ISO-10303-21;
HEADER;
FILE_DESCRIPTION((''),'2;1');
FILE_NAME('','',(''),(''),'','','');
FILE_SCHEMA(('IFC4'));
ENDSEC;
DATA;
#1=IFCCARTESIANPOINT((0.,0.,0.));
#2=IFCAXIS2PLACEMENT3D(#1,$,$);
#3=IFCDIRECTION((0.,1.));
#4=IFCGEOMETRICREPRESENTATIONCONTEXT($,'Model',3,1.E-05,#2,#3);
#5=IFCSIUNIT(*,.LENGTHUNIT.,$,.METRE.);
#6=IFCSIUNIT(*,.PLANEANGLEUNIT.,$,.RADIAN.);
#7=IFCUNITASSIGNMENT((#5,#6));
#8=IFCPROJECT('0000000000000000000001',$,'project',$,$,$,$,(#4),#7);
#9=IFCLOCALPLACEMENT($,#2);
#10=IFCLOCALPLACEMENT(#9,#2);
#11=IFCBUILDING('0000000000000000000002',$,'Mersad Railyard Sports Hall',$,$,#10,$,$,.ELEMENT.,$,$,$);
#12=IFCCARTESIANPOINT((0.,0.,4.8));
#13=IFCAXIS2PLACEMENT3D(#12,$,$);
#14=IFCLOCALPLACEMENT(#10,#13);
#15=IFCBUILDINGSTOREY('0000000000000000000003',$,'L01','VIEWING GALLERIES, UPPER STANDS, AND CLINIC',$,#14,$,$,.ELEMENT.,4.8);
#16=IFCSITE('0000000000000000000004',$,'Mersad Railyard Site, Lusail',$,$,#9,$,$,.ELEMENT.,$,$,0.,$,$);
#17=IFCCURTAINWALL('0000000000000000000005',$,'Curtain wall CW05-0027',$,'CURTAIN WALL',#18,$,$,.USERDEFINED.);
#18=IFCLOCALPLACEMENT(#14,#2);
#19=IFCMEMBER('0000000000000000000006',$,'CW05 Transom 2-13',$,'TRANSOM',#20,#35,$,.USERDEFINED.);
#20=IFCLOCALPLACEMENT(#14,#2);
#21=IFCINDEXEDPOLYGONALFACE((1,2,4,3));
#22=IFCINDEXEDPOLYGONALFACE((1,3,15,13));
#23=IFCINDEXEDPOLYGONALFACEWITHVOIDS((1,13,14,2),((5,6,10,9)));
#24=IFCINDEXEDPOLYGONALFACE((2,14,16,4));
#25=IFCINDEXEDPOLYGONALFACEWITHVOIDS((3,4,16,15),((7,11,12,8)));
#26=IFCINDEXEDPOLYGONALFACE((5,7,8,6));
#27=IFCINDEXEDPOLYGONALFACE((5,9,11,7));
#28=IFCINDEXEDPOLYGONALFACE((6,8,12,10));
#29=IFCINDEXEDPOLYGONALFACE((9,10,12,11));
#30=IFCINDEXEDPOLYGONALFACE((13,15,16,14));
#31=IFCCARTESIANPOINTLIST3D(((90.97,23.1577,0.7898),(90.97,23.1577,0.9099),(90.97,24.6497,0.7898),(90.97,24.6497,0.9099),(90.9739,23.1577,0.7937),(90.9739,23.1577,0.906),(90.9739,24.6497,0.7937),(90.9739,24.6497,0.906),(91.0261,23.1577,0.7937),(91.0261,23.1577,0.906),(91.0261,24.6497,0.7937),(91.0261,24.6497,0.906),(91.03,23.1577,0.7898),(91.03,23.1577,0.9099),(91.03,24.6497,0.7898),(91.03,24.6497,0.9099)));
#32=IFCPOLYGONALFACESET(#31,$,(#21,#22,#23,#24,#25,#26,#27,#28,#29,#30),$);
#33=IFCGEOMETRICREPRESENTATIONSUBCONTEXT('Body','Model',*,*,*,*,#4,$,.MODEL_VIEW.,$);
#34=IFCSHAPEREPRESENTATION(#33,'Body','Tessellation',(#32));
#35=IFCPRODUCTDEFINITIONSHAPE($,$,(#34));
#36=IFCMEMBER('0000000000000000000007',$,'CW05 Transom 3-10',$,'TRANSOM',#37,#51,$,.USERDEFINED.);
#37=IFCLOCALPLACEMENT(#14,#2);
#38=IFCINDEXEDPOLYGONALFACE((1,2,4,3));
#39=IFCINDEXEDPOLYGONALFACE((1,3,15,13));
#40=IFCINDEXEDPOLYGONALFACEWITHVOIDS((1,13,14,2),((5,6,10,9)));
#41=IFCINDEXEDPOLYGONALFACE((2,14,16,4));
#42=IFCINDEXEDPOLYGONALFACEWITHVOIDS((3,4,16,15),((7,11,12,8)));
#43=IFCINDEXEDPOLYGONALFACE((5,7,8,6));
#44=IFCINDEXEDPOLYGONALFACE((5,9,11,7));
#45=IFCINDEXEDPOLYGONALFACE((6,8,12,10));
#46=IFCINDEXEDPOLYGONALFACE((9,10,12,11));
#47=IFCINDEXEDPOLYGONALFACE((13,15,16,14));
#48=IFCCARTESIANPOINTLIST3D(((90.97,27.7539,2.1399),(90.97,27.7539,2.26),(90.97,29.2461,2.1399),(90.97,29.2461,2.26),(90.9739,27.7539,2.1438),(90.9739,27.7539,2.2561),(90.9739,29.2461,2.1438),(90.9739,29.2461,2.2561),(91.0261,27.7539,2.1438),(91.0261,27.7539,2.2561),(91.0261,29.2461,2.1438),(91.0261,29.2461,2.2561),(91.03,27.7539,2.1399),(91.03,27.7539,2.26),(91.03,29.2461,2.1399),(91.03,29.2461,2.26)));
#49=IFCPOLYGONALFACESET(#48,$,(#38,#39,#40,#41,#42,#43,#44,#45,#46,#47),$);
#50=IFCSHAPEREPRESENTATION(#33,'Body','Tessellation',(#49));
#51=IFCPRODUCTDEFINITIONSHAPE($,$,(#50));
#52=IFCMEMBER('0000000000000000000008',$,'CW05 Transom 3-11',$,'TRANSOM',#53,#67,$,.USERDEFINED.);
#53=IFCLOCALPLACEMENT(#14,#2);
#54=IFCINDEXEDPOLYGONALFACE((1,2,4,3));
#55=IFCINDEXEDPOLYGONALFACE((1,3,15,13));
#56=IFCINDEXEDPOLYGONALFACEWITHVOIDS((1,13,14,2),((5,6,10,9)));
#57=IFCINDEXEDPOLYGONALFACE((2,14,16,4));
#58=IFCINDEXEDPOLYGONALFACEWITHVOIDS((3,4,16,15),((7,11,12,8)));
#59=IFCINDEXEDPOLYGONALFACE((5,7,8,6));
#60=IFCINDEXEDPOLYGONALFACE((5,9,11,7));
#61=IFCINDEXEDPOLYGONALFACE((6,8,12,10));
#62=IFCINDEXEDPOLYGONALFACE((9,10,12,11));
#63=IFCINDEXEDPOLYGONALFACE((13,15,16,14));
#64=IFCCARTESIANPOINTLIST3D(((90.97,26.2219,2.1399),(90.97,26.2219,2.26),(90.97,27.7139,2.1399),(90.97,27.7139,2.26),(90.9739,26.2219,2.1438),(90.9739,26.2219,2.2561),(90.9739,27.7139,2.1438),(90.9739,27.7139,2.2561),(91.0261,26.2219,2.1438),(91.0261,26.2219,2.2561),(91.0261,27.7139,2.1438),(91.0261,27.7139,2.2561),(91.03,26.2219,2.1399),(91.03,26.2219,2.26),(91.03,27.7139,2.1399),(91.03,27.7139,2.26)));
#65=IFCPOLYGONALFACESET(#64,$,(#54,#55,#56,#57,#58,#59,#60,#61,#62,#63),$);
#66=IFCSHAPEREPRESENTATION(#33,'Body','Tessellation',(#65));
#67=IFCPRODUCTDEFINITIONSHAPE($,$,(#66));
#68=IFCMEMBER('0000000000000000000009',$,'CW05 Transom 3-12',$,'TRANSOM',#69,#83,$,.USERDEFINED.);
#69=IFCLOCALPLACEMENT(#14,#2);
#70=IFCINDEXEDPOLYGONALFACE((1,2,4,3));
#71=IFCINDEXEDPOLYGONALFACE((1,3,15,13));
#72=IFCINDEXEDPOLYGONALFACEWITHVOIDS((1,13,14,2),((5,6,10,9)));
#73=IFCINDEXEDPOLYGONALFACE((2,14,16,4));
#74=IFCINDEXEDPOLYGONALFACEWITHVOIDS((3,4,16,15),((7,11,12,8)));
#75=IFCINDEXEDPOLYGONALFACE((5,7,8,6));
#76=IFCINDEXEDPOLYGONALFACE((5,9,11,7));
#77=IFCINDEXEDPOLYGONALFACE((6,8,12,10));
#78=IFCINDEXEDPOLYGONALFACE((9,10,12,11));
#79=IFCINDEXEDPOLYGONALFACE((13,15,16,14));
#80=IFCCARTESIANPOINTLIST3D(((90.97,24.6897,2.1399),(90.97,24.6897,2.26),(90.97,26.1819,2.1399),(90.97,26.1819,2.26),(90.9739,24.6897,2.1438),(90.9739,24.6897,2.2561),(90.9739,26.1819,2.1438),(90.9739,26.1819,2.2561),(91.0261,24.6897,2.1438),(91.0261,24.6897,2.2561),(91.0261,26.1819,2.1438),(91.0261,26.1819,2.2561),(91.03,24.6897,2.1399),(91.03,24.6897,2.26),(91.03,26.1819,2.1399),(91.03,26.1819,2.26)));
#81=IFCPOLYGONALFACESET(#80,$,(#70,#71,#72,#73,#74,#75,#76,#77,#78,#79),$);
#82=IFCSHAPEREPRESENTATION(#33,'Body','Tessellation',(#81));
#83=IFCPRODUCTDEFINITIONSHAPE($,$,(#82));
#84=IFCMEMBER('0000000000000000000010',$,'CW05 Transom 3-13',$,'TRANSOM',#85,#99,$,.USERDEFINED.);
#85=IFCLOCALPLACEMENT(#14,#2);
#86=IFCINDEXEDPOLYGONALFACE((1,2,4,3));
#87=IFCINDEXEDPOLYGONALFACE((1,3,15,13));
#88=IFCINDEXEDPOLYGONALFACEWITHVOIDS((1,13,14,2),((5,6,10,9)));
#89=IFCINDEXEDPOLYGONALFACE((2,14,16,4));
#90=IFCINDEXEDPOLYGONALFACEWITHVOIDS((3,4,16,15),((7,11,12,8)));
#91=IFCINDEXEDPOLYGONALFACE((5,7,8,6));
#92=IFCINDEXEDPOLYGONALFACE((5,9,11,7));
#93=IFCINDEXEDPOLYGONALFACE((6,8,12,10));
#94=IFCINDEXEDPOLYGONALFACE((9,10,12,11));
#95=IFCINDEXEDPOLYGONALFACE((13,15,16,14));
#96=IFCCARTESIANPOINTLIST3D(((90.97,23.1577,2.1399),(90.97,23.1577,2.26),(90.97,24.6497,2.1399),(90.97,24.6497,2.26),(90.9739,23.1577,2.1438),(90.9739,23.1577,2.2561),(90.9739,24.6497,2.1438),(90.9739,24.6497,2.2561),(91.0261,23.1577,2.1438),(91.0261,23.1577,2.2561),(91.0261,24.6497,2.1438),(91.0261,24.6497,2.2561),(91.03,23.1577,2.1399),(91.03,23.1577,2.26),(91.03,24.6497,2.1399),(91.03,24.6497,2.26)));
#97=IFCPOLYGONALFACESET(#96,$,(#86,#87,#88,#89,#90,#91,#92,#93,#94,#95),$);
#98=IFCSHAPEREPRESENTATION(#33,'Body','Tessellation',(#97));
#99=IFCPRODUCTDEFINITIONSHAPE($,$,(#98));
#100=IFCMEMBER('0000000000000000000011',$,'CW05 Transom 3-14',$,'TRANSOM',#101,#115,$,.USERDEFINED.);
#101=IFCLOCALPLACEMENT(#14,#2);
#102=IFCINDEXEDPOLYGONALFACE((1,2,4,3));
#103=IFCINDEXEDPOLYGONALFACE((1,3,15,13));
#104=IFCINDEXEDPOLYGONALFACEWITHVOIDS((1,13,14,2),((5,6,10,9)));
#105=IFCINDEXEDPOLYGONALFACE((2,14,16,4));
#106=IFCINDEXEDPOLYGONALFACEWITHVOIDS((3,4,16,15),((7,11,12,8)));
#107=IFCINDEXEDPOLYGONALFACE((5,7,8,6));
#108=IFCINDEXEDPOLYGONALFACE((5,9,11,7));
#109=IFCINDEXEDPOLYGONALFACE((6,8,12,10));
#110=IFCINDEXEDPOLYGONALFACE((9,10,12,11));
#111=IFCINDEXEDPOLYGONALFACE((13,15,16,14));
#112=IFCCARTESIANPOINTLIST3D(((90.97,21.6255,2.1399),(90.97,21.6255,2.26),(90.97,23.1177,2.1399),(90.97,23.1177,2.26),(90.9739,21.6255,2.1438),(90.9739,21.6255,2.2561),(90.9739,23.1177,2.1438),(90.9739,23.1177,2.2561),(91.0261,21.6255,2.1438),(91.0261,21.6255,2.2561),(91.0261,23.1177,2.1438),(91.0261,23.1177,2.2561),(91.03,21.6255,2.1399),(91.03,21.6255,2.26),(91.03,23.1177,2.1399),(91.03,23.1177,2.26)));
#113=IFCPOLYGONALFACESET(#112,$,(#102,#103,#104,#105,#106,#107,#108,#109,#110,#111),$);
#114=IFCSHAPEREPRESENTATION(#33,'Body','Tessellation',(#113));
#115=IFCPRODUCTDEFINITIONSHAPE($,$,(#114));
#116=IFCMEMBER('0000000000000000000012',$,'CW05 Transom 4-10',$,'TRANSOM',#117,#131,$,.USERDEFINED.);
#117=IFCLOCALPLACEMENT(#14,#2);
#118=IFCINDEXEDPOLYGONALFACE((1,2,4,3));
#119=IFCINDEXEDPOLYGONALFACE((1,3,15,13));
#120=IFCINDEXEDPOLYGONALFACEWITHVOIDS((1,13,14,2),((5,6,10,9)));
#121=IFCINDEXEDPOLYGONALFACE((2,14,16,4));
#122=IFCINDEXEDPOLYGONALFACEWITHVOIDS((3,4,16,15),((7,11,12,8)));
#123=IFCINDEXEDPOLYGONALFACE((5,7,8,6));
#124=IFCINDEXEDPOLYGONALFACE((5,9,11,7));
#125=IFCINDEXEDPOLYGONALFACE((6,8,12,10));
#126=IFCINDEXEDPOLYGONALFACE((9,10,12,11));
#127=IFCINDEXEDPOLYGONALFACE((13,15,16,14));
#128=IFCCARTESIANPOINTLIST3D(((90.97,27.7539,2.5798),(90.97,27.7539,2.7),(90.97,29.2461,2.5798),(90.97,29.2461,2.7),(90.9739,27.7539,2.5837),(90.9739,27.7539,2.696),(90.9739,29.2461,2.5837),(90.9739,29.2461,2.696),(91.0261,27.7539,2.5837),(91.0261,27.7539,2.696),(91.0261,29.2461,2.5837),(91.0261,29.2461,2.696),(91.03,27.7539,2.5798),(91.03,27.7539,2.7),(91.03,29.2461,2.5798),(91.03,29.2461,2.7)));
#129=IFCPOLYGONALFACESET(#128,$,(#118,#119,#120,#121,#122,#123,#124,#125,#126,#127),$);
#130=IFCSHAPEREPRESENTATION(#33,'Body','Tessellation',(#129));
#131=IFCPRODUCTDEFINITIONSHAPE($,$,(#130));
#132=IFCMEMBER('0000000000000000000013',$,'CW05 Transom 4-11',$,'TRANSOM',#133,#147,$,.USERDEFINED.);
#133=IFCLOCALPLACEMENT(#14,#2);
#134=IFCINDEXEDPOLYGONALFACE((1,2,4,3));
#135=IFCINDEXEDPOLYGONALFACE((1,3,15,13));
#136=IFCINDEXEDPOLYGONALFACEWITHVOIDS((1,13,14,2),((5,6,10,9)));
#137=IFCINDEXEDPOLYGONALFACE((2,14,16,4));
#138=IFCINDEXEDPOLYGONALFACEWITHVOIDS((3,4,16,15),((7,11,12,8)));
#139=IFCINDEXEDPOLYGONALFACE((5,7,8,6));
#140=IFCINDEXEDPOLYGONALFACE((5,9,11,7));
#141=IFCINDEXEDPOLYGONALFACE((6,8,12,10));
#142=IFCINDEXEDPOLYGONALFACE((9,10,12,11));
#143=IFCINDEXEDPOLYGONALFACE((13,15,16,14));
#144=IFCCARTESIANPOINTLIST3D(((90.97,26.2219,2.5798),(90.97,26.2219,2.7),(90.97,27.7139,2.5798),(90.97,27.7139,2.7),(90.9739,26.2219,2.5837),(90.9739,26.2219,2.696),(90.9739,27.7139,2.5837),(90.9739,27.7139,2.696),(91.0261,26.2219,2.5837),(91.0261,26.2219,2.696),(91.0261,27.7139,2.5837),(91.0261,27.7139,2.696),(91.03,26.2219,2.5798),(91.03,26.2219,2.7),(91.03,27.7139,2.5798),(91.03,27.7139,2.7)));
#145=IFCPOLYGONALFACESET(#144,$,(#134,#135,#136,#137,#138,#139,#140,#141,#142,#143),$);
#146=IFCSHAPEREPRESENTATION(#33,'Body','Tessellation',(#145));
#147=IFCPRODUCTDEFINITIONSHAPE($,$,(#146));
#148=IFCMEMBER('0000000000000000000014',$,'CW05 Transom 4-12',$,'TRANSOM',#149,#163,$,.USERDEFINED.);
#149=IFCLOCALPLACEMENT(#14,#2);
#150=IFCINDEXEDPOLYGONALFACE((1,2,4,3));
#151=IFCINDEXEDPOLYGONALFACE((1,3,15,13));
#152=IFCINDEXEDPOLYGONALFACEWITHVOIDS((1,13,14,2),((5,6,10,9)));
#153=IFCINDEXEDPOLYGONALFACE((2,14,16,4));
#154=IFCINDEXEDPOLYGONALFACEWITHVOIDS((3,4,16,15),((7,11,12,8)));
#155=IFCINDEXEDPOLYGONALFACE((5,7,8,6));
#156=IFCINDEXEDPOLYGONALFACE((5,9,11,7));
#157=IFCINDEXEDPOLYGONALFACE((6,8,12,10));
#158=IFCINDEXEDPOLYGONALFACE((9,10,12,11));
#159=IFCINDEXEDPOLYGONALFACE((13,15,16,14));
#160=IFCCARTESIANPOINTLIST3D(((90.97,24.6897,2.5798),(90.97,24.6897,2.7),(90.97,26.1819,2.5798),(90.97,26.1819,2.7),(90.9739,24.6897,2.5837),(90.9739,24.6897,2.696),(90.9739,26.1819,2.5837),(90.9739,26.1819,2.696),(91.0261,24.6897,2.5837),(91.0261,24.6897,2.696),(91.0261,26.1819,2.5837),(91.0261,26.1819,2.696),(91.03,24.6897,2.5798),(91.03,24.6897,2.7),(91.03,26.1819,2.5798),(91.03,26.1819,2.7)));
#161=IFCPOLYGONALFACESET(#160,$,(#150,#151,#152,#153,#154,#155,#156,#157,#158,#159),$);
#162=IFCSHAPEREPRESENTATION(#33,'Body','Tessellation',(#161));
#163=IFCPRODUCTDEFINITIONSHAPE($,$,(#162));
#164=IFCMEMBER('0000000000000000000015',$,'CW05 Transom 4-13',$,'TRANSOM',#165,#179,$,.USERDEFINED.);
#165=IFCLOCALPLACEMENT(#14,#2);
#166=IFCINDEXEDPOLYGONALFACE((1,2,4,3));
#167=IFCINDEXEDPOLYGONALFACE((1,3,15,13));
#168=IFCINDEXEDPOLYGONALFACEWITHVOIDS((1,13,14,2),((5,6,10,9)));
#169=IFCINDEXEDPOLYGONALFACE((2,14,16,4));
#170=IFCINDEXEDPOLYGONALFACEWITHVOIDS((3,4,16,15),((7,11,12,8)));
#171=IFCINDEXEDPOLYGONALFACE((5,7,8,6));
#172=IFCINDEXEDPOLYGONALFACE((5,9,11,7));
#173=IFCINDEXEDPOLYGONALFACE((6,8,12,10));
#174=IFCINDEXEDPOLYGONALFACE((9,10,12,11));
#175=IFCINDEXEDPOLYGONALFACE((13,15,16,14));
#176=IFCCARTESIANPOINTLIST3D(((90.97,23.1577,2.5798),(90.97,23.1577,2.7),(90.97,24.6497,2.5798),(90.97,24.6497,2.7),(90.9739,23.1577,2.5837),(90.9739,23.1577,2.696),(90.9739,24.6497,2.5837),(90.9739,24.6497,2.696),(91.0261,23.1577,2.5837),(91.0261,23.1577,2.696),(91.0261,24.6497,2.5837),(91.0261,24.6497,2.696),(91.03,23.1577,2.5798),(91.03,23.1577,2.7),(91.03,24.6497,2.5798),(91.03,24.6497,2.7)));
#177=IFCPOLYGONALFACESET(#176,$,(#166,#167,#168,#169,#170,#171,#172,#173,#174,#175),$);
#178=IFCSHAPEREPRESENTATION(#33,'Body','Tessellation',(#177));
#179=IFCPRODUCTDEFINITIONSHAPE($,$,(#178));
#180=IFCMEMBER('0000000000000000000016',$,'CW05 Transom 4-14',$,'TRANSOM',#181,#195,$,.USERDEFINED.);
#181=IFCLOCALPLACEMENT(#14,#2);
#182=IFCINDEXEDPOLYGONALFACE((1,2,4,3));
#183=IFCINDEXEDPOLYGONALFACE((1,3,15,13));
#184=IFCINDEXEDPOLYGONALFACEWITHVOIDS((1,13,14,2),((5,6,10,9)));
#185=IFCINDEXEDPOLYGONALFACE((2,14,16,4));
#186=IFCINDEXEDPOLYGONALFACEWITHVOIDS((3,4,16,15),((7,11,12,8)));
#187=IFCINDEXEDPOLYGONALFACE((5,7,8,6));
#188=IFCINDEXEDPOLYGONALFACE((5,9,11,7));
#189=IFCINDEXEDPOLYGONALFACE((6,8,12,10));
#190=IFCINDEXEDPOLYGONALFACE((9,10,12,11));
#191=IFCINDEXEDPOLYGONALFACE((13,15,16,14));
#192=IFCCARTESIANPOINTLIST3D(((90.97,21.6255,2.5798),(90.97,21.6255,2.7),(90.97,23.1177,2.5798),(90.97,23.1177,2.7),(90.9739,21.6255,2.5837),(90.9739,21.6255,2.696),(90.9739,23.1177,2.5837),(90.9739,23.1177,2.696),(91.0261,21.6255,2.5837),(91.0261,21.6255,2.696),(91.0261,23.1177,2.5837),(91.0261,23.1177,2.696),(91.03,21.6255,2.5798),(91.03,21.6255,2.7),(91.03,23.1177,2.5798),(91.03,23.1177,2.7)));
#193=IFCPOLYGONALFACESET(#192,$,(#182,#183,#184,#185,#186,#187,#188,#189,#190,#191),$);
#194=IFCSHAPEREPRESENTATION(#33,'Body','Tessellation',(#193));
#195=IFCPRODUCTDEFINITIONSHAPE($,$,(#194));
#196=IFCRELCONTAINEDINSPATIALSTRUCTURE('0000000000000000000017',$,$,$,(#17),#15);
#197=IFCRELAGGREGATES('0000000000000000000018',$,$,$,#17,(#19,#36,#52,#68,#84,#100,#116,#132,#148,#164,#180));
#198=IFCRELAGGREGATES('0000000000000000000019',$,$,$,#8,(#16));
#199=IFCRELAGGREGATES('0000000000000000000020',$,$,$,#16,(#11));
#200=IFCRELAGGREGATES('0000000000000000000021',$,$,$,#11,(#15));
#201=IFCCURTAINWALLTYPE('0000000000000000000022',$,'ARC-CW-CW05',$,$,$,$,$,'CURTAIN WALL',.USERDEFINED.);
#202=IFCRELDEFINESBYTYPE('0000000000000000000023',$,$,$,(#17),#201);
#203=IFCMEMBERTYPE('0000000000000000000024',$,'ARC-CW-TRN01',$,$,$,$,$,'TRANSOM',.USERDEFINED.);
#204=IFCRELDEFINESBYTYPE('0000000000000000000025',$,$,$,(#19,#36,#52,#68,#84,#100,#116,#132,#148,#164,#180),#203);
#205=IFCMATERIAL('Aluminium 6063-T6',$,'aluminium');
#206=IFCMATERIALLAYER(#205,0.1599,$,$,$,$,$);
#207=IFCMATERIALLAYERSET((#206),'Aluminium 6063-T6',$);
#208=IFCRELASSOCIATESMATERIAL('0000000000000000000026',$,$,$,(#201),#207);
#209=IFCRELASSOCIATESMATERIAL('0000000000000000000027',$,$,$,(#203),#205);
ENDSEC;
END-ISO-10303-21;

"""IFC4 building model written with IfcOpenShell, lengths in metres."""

from ifc_helpers import new_model, si_unit, direction, frame, origin, origin_2d, place, context, subcontext, project, spatial, hollow_rectangle, extrude, material, layer, layer_set, material_profile, profile_set, type_object, element, aggregate, save


model = new_model("IFC4")

# Units and contexts
model_context = context("Model", 3, precision=1e-05, world=origin(), true_north=direction((0.0, 1.0)))
body_context = subcontext(model_context, "Body", "Model", "MODEL_VIEW")
ifc_project = project(units=[si_unit("LENGTHUNIT", "METRE"), si_unit("PLANEANGLEUNIT", "RADIAN")], contexts=[model_context])

# Site, building, storey
site_placement = place(None, origin())
site = spatial("IfcSite", under=ifc_project, at=site_placement, Name="Mersad Railyard Site, Lusail", CompositionType="ELEMENT", RefElevation=0.0)
building_placement = place(site_placement, origin())
building = spatial("IfcBuilding", under=site, at=building_placement, Name="Mersad Railyard Sports Hall", CompositionType="ELEMENT")
storey_placement = place(building_placement, frame((0.0, 0.0, 4.8)))
storey = spatial("IfcBuildingStorey", under=building, at=storey_placement, Name="L01", Description="VIEWING GALLERIES, UPPER STANDS, AND CLINIC", CompositionType="ELEMENT", Elevation=4.8)

# Curtain wall, members
ifc_material_1 = material(Name="Aluminium 6063-T6", Category="aluminium")
ifc_layer_1 = layer(ifc_material_1, 0.1599)
ifc_layer_set_1 = layer_set([ifc_layer_1], Name="Aluminium 6063-T6")
curtain_wall_type = type_object("IfcCurtainWallType", Name="ARC-CW-CW05", ElementType="CURTAIN WALL", PredefinedType="USERDEFINED", material=ifc_layer_set_1)
curtain_wall_placement = place(storey_placement, origin())
curtain_wall = element("IfcCurtainWall", 1, at=curtain_wall_placement, inside=storey, type_object=curtain_wall_type, Name="Curtain wall CW05-0027", ObjectType="CURTAIN WALL", PredefinedType="USERDEFINED")
ifc_material_profile_1 = material_profile(ifc_material_1, hollow_rectangle(XDim=0.0601, YDim=0.1201, WallThickness=0.0039, at=origin_2d()), Name="AL TRANSOM 60x120x4")
ifc_profile_set_1 = profile_set([ifc_material_profile_1], Name="Aluminium 6063-T6")
member_type_1 = type_object("IfcMemberType", Name="ARC-CW-TRN01", ElementType="TRANSOM", PredefinedType="USERDEFINED", material=ifc_profile_set_1)
member_1_placement = place(storey_placement, frame((91.0, 24.6497, 0.8499), z_axis=(0.0, -1.0, 0.0), x_axis=(1.0, 0.0, 0.0)))
member_1 = element("IfcMember", 2, at=member_1_placement, type_object=member_type_1, Name="CW05 Transom 2-13", ObjectType="TRANSOM", PredefinedType="USERDEFINED", context=body_context, shape_type="SweptSolid", body=[
    extrude(hollow_rectangle(XDim=0.0601, YDim=0.1201, WallThickness=0.0039, at=origin_2d()), origin(), (0.0, 0.0, 1.0), 1.4919),
])
member_2_placement = place(storey_placement, frame((91.0, 29.2461, 2.2), z_axis=(0.0, -1.0, 0.0), x_axis=(1.0, 0.0, 0.0)))
member_2 = element("IfcMember", 3, at=member_2_placement, type_object=member_type_1, Name="CW05 Transom 3-10", ObjectType="TRANSOM", PredefinedType="USERDEFINED", context=body_context, shape_type="SweptSolid", body=[
    extrude(hollow_rectangle(XDim=0.0601, YDim=0.1201, WallThickness=0.0039, at=origin_2d()), origin(), (0.0, 0.0, 1.0), 1.4922),
])
member_3_placement = place(storey_placement, frame((91.0, 27.7139, 2.2), z_axis=(0.0, -1.0, 0.0), x_axis=(1.0, 0.0, 0.0)))
member_3 = element("IfcMember", 4, at=member_3_placement, type_object=member_type_1, Name="CW05 Transom 3-11", ObjectType="TRANSOM", PredefinedType="USERDEFINED", context=body_context, shape_type="SweptSolid", body=[
    extrude(hollow_rectangle(XDim=0.0601, YDim=0.1201, WallThickness=0.0039, at=origin_2d()), origin(), (0.0, 0.0, 1.0), 1.4919),
])
member_4_placement = place(storey_placement, frame((91.0, 26.1819, 2.2), z_axis=(0.0, -1.0, 0.0), x_axis=(1.0, 0.0, 0.0)))
member_4 = element("IfcMember", 5, at=member_4_placement, type_object=member_type_1, Name="CW05 Transom 3-12", ObjectType="TRANSOM", PredefinedType="USERDEFINED", context=body_context, shape_type="SweptSolid", body=[
    extrude(hollow_rectangle(XDim=0.0601, YDim=0.1201, WallThickness=0.0039, at=origin_2d()), origin(), (0.0, 0.0, 1.0), 1.4922),
])
member_5_placement = place(storey_placement, frame((91.0, 24.6497, 2.2), z_axis=(0.0, -1.0, 0.0), x_axis=(1.0, 0.0, 0.0)))
member_5 = element("IfcMember", 6, at=member_5_placement, type_object=member_type_1, Name="CW05 Transom 3-13", ObjectType="TRANSOM", PredefinedType="USERDEFINED", context=body_context, shape_type="SweptSolid", body=[
    extrude(hollow_rectangle(XDim=0.0601, YDim=0.1201, WallThickness=0.0039, at=origin_2d()), origin(), (0.0, 0.0, 1.0), 1.4919),
])
member_6_placement = place(storey_placement, frame((91.0, 23.1177, 2.2), z_axis=(0.0, -1.0, 0.0), x_axis=(1.0, 0.0, 0.0)))
member_6 = element("IfcMember", 7, at=member_6_placement, type_object=member_type_1, Name="CW05 Transom 3-14", ObjectType="TRANSOM", PredefinedType="USERDEFINED", context=body_context, shape_type="SweptSolid", body=[
    extrude(hollow_rectangle(XDim=0.0601, YDim=0.1201, WallThickness=0.0039, at=origin_2d()), origin(), (0.0, 0.0, 1.0), 1.4922),
])
member_7_placement = place(storey_placement, frame((91.0, 29.2461, 2.6399), z_axis=(0.0, -1.0, 0.0), x_axis=(1.0, 0.0, 0.0)))
member_7 = element("IfcMember", 8, at=member_7_placement, type_object=member_type_1, Name="CW05 Transom 4-10", ObjectType="TRANSOM", PredefinedType="USERDEFINED", context=body_context, shape_type="SweptSolid", body=[
    extrude(hollow_rectangle(XDim=0.0601, YDim=0.1201, WallThickness=0.0039, at=origin_2d()), origin(), (0.0, 0.0, 1.0), 1.4922),
])
member_8_placement = place(storey_placement, frame((91.0, 27.7139, 2.6399), z_axis=(0.0, -1.0, 0.0), x_axis=(1.0, 0.0, 0.0)))
member_8 = element("IfcMember", 9, at=member_8_placement, type_object=member_type_1, Name="CW05 Transom 4-11", ObjectType="TRANSOM", PredefinedType="USERDEFINED", context=body_context, shape_type="SweptSolid", body=[
    extrude(hollow_rectangle(XDim=0.0601, YDim=0.1201, WallThickness=0.0039, at=origin_2d()), origin(), (0.0, 0.0, 1.0), 1.4919),
])
member_9_placement = place(storey_placement, frame((91.0, 26.1819, 2.6399), z_axis=(0.0, -1.0, 0.0), x_axis=(1.0, 0.0, 0.0)))
member_9 = element("IfcMember", 10, at=member_9_placement, type_object=member_type_1, Name="CW05 Transom 4-12", ObjectType="TRANSOM", PredefinedType="USERDEFINED", context=body_context, shape_type="SweptSolid", body=[
    extrude(hollow_rectangle(XDim=0.0601, YDim=0.1201, WallThickness=0.0039, at=origin_2d()), origin(), (0.0, 0.0, 1.0), 1.4922),
])
member_10_placement = place(storey_placement, frame((91.0, 24.6497, 2.6399), z_axis=(0.0, -1.0, 0.0), x_axis=(1.0, 0.0, 0.0)))
member_10 = element("IfcMember", 11, at=member_10_placement, type_object=member_type_1, Name="CW05 Transom 4-13", ObjectType="TRANSOM", PredefinedType="USERDEFINED", context=body_context, shape_type="SweptSolid", body=[
    extrude(hollow_rectangle(XDim=0.0601, YDim=0.1201, WallThickness=0.0039, at=origin_2d()), origin(), (0.0, 0.0, 1.0), 1.4919),
])
member_11_placement = place(storey_placement, frame((91.0, 23.1177, 2.6399), z_axis=(0.0, -1.0, 0.0), x_axis=(1.0, 0.0, 0.0)))
member_11 = element("IfcMember", 12, at=member_11_placement, type_object=member_type_1, Name="CW05 Transom 4-14", ObjectType="TRANSOM", PredefinedType="USERDEFINED", context=body_context, shape_type="SweptSolid", body=[
    extrude(hollow_rectangle(XDim=0.0601, YDim=0.1201, WallThickness=0.0039, at=origin_2d()), origin(), (0.0, 0.0, 1.0), 1.4922),
])

aggregate(curtain_wall, [member_1, member_2, member_3, member_4, member_5, member_6, member_7, member_8, member_9, member_10, member_11])

save(model, "model.ifc")
